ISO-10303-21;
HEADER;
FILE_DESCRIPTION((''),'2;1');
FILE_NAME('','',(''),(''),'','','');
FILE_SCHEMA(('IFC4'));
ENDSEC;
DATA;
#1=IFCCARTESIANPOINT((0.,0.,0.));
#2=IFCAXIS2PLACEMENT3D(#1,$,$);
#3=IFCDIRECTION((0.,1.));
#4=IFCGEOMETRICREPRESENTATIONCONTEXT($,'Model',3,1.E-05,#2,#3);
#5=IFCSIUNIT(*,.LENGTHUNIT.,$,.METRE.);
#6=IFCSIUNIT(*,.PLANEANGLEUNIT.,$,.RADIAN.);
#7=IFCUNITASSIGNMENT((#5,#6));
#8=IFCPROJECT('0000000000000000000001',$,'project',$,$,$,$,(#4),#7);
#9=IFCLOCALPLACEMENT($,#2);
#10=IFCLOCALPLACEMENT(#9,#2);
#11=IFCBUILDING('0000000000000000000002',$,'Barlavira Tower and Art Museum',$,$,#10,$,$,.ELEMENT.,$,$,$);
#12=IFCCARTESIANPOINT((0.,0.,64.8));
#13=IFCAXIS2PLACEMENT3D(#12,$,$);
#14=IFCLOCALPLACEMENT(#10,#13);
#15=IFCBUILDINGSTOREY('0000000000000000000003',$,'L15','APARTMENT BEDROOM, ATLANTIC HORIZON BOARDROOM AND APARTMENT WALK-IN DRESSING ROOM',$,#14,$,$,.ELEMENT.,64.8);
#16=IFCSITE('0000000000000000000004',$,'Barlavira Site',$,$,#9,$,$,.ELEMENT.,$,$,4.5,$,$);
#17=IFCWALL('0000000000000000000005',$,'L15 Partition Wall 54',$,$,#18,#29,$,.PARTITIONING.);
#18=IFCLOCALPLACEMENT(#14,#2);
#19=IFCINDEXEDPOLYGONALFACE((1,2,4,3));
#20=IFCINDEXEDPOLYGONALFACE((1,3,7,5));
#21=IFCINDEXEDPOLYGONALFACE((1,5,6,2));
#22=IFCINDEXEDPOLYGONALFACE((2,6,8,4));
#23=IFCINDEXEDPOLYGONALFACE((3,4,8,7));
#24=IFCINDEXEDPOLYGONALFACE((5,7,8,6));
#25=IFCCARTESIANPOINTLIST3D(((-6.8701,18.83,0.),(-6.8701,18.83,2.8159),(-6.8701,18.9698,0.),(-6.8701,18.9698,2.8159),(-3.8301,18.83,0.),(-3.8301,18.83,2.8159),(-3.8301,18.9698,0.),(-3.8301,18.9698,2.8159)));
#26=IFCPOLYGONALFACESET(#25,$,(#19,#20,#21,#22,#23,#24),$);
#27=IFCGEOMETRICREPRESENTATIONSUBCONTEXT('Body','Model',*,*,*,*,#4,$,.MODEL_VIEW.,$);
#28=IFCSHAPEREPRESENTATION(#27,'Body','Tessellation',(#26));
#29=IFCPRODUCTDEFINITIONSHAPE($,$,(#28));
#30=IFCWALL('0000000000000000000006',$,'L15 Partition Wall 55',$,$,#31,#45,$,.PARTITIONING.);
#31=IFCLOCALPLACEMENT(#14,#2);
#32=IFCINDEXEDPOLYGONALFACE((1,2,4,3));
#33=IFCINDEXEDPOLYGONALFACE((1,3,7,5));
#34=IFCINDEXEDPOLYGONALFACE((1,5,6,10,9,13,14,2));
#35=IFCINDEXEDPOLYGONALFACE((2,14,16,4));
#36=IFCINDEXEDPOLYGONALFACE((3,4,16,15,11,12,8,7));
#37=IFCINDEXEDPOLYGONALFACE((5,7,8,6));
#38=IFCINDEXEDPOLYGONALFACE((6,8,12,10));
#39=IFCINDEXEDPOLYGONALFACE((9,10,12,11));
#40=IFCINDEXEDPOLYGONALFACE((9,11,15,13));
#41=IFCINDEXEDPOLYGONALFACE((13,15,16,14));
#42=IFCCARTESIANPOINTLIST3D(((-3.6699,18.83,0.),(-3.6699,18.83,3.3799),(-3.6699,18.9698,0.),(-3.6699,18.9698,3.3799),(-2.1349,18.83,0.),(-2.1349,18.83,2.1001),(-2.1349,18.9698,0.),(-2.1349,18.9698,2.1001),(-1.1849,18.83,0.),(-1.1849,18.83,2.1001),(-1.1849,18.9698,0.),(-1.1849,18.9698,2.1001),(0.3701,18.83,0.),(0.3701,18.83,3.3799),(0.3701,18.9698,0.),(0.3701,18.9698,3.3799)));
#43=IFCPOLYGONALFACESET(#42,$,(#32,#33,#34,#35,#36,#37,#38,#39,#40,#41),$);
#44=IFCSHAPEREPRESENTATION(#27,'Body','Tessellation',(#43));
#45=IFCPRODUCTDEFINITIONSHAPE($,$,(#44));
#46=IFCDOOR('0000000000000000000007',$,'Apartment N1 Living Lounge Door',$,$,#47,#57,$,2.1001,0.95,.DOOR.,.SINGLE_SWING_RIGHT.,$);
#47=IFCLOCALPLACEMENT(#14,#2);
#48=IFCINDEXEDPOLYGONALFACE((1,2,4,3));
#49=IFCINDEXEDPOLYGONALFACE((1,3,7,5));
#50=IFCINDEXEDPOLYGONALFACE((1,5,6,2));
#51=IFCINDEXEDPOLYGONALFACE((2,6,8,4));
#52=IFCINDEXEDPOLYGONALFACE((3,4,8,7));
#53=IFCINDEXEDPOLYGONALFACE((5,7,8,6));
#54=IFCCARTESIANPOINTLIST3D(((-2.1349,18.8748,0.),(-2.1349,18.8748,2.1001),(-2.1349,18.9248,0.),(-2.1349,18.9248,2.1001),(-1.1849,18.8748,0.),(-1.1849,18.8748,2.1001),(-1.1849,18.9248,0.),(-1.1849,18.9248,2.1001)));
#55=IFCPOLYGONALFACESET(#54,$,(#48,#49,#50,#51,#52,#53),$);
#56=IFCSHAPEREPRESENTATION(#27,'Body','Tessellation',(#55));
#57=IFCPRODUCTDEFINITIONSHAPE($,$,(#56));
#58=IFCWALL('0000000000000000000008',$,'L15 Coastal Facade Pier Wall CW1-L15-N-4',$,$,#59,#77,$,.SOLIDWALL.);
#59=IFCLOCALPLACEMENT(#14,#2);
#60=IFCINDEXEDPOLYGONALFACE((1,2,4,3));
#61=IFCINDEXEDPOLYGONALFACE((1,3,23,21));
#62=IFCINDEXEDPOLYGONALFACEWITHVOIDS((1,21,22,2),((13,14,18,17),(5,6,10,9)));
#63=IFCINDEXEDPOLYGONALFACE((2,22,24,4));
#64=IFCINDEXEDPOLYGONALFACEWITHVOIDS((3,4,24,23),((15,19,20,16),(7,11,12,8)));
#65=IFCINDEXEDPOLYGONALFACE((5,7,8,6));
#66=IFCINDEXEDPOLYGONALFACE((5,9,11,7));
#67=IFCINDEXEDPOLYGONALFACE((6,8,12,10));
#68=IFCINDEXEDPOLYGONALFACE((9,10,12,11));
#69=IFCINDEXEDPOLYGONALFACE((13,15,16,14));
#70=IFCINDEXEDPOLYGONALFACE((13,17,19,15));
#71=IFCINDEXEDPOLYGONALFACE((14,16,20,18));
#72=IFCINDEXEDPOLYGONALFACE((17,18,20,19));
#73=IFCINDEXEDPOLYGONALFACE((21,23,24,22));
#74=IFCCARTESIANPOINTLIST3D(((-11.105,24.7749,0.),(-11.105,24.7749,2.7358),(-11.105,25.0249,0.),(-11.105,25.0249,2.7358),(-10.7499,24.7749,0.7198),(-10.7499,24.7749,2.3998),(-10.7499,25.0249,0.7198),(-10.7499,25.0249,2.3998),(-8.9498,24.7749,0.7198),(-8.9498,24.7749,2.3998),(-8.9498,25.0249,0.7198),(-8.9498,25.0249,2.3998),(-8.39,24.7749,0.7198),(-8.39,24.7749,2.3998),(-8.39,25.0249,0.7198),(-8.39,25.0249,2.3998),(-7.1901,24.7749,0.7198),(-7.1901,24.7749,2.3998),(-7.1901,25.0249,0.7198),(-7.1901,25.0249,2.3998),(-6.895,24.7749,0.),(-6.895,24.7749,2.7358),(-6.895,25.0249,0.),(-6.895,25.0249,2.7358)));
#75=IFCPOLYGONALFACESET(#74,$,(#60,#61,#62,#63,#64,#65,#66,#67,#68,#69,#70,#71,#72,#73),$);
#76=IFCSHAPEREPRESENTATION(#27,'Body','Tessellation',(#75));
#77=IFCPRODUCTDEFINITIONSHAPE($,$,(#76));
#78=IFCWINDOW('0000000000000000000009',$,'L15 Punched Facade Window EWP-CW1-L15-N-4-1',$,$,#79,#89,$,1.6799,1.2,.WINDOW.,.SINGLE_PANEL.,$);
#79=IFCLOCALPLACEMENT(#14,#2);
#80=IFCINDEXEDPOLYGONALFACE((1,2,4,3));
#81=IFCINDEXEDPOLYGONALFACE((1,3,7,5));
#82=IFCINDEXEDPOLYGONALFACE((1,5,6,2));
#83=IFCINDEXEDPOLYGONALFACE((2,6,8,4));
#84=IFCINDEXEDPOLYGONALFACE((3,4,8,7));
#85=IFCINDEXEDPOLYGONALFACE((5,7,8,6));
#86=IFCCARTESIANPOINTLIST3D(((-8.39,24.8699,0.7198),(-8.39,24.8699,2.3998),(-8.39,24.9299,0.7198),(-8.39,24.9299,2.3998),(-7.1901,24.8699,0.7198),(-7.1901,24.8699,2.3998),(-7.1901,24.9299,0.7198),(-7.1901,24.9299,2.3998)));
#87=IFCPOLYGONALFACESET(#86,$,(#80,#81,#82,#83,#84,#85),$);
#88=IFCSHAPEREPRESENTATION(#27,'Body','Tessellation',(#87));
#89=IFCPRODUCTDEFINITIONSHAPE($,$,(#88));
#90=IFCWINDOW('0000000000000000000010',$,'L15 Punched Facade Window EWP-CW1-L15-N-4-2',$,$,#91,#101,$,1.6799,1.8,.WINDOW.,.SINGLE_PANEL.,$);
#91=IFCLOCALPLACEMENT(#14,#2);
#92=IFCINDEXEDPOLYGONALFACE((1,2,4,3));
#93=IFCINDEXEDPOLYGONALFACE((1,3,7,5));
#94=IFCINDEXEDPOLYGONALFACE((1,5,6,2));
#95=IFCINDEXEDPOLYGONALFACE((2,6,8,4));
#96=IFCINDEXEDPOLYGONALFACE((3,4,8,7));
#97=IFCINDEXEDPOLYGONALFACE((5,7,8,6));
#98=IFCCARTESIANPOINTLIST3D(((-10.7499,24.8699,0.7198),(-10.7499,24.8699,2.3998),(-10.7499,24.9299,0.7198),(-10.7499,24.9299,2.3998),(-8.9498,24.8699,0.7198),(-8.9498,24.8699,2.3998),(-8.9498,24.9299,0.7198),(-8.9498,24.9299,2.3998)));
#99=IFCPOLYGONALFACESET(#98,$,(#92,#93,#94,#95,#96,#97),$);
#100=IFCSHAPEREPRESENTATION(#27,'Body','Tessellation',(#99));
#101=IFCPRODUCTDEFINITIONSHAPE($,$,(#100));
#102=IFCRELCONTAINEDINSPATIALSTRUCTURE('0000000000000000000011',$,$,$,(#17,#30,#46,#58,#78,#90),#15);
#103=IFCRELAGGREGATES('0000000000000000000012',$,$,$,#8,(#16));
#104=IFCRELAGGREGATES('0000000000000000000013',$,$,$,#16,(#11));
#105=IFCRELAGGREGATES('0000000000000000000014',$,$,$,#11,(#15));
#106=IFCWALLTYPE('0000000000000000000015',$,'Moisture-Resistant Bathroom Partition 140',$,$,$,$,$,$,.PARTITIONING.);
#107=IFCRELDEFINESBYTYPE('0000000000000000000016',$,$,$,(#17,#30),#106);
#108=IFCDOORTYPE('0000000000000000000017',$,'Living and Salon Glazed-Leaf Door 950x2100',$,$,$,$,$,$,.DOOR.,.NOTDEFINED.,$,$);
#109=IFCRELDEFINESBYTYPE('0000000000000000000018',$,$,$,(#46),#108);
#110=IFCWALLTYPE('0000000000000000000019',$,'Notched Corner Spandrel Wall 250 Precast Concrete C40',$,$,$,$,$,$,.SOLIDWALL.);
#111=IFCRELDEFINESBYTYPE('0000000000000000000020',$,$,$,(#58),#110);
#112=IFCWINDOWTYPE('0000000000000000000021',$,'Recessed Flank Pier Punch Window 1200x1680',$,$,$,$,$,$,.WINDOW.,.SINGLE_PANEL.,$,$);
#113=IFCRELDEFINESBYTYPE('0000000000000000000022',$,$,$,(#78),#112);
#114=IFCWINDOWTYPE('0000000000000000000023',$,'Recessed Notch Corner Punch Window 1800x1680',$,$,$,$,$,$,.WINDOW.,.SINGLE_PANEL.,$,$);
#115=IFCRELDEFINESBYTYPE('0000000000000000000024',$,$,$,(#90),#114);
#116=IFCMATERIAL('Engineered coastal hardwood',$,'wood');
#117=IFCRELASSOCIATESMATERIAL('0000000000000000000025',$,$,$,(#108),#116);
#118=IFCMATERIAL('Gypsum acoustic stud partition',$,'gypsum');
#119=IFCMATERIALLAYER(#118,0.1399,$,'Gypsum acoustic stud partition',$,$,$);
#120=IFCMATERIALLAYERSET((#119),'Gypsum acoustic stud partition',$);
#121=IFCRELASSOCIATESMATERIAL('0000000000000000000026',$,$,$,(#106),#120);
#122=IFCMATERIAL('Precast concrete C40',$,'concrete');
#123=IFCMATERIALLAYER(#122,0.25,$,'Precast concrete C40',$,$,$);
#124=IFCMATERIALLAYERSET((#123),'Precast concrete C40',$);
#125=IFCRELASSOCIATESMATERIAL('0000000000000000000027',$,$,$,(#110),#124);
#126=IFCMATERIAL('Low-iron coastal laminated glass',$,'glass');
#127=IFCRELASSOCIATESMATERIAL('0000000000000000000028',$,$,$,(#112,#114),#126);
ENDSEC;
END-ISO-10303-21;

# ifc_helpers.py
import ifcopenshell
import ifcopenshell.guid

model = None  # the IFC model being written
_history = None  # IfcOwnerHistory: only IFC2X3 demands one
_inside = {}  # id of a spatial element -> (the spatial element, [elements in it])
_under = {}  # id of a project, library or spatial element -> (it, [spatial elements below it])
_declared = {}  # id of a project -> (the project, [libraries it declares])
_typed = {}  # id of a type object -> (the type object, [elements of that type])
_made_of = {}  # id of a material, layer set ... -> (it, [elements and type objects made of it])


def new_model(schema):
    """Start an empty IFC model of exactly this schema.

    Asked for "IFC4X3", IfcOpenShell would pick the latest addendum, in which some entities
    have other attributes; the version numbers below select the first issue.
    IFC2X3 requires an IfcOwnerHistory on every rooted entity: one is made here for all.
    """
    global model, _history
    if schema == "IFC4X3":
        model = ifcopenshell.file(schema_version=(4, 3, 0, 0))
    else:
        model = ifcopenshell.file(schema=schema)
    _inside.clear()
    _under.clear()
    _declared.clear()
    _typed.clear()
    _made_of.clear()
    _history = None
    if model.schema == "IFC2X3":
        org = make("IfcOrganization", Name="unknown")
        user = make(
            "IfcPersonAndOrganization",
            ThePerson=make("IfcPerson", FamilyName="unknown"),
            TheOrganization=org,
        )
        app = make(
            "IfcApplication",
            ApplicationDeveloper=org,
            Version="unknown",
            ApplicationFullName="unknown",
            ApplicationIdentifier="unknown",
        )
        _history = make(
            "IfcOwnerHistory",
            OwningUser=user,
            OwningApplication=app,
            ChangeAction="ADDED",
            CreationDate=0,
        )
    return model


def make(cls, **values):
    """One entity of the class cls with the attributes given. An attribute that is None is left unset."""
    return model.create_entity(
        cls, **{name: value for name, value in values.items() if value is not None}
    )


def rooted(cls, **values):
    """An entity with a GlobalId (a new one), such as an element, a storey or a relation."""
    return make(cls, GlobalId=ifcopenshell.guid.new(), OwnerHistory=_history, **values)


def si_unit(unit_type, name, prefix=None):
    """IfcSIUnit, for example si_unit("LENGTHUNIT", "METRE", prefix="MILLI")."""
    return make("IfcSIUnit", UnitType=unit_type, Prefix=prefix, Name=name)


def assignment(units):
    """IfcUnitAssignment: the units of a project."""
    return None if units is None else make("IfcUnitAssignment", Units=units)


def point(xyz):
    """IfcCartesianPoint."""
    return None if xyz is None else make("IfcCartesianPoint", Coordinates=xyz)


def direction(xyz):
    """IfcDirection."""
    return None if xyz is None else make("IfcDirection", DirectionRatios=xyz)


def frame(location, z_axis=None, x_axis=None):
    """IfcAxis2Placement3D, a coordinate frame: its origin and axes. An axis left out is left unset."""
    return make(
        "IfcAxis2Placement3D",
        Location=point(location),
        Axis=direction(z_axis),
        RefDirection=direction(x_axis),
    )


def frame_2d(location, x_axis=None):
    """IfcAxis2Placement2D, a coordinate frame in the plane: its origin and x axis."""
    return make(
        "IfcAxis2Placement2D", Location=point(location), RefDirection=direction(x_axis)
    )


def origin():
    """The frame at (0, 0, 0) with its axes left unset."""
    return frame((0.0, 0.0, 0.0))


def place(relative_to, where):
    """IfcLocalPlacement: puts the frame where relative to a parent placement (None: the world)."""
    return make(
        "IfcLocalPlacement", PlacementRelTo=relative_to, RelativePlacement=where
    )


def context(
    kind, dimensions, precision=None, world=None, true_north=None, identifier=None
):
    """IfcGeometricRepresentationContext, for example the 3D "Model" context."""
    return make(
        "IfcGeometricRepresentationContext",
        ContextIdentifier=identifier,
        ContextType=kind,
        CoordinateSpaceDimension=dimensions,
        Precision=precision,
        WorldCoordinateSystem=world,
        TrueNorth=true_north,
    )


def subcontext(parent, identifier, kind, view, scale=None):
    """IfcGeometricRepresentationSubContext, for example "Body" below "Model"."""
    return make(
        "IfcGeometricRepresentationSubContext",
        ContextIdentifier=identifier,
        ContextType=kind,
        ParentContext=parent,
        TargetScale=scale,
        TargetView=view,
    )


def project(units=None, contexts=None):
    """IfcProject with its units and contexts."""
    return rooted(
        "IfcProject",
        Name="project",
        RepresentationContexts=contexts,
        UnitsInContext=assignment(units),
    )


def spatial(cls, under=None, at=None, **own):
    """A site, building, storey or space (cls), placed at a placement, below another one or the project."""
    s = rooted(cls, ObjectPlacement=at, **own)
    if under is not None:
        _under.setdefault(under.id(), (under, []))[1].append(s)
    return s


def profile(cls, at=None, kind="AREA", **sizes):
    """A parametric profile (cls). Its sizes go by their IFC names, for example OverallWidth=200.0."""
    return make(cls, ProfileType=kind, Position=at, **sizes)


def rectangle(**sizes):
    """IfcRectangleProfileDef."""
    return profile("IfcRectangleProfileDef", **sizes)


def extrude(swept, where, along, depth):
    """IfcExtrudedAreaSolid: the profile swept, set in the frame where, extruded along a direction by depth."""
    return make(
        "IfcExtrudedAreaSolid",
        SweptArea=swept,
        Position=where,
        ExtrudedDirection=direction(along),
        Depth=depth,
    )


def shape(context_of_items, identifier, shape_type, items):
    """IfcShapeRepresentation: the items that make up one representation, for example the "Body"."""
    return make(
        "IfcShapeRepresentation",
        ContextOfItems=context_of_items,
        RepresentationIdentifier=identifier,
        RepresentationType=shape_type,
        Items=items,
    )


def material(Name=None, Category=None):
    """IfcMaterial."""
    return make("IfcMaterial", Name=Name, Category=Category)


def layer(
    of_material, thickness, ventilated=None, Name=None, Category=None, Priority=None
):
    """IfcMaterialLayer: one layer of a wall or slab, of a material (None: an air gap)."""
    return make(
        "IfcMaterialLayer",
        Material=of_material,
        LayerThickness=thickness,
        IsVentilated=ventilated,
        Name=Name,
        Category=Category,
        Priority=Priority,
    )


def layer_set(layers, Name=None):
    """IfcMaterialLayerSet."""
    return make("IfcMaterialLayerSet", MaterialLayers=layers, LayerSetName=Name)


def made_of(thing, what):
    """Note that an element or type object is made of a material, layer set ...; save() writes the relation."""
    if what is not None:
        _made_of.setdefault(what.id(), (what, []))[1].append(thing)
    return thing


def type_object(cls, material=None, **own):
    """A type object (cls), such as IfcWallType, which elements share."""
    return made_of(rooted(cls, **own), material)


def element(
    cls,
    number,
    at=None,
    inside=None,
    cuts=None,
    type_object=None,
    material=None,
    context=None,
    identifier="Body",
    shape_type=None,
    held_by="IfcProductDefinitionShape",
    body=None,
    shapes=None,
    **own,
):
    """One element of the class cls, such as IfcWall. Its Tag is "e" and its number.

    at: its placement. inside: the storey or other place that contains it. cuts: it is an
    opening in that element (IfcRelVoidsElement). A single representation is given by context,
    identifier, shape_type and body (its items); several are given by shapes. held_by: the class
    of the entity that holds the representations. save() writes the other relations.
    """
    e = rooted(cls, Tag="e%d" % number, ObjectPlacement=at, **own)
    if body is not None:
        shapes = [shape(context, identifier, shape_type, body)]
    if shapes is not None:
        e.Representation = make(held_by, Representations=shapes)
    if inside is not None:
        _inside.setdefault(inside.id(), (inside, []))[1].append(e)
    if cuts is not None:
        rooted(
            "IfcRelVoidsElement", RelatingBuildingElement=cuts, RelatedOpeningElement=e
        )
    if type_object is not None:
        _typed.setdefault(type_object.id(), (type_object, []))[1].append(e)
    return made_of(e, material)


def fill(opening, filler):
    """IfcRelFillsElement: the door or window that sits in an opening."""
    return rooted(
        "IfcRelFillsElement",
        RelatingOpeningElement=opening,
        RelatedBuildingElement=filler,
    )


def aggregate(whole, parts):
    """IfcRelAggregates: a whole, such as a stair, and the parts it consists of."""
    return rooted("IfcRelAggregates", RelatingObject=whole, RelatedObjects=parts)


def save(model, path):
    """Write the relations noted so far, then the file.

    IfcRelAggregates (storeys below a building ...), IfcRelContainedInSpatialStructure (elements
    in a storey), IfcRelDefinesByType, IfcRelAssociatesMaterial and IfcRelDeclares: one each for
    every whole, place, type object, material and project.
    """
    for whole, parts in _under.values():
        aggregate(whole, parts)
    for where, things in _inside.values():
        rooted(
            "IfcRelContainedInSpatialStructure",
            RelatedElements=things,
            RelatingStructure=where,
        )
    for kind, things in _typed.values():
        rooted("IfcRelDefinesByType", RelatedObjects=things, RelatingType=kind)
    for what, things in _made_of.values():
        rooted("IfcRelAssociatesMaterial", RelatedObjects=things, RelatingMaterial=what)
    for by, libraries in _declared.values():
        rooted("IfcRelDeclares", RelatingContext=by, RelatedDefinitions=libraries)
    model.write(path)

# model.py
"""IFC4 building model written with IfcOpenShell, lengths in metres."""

from ifc_helpers import new_model, si_unit, direction, frame, frame_2d, origin, place, context, subcontext, project, spatial, rectangle, extrude, material, layer, layer_set, type_object, element, fill, save


model = new_model("IFC4")

# Units and contexts
model_context = context("Model", 3, precision=1e-05, world=origin(), true_north=direction((0.0, 1.0)))
body_context = subcontext(model_context, "Body", "Model", "MODEL_VIEW")
ifc_project = project(units=[si_unit("LENGTHUNIT", "METRE"), si_unit("PLANEANGLEUNIT", "RADIAN")], contexts=[model_context])

# Site, building, storey
site_placement = place(None, origin())
site = spatial("IfcSite", under=ifc_project, at=site_placement, Name="Barlavira Site", CompositionType="ELEMENT", RefElevation=4.5)
building_placement = place(site_placement, origin())
building = spatial("IfcBuilding", under=site, at=building_placement, Name="Barlavira Tower and Art Museum", CompositionType="ELEMENT")
storey_placement = place(building_placement, frame((0.0, 0.0, 64.8)))
storey = spatial("IfcBuildingStorey", under=building, at=storey_placement, Name="L15", Description="APARTMENT BEDROOM, ATLANTIC HORIZON BOARDROOM AND APARTMENT WALK-IN DRESSING ROOM", CompositionType="ELEMENT", Elevation=64.8)

# Shared definitions
ifc_material_1 = material(Name="Low-iron coastal laminated glass", Category="glass")

# Shared definitions
ifc_material_2 = material(Name="Gypsum acoustic stud partition", Category="gypsum")
ifc_material_3 = material(Name="Engineered coastal hardwood", Category="wood")

# Shared definitions
door_type_1 = type_object("IfcDoorType", Name="Living and Salon Glazed-Leaf Door 950x2100", OperationType="NOTDEFINED", PredefinedType="DOOR", material=ifc_material_3)

# Wall
ifc_layer_1 = layer(ifc_material_2, 0.1399, Name="Gypsum acoustic stud partition")
ifc_layer_set_1 = layer_set([ifc_layer_1], Name="Gypsum acoustic stud partition")
wall_type_1 = type_object("IfcWallType", Name="Moisture-Resistant Bathroom Partition 140", PredefinedType="PARTITIONING", material=ifc_layer_set_1)
wall_1_placement = place(storey_placement, frame((-6.8701, 18.8999, 0.0), z_axis=(0.0, 0.0, 1.0), x_axis=(1.0, 0.0, 0.0)))
element("IfcWall", 1, at=wall_1_placement, inside=storey, type_object=wall_type_1, Name="L15 Partition Wall 54", PredefinedType="PARTITIONING", context=body_context, shape_type="SweptSolid", body=[
    extrude(rectangle(XDim=3.04, YDim=0.1399, at=frame_2d((1.52, 0.0))), origin(), (0.0, 0.0, 1.0), 2.8159),
])

# Wall, opening, door
wall_2_placement = place(storey_placement, frame((-3.6699, 18.8999, 0.0), z_axis=(0.0, 0.0, 1.0), x_axis=(1.0, 0.0, 0.0)))
wall_2 = element("IfcWall", 2, at=wall_2_placement, inside=storey, type_object=wall_type_1, Name="L15 Partition Wall 55", PredefinedType="PARTITIONING", context=body_context, shape_type="SweptSolid", body=[
    extrude(rectangle(XDim=4.04, YDim=0.1399, at=frame_2d((2.02, 0.0))), origin(), (0.0, 0.0, 1.0), 3.3799),
])
opening_1_placement = place(wall_2_placement, frame((1.5349, 0.0, 0.0)))
opening_1 = element("IfcOpeningElement", 3, at=opening_1_placement, cuts=wall_2, PredefinedType="OPENING", context=body_context, shape_type="SweptSolid", body=[
    extrude(rectangle(XDim=0.95, YDim=2.1001, at=frame_2d((0.4751, 1.05))), frame((0.0, 0.0801, 0.0), z_axis=(0.0, -1.0, 0.0), x_axis=(1.0, 0.0, 0.0)), (0.0, 0.0, 1.0), 0.1599),
])
door_1_placement = place(opening_1_placement, origin())
door_1 = element("IfcDoor", 4, at=door_1_placement, inside=storey, type_object=door_type_1, Name="Apartment N1 Living Lounge Door", OperationType="SINGLE_SWING_RIGHT", OverallHeight=2.1001, OverallWidth=0.95, PredefinedType="DOOR", context=body_context, shape_type="SweptSolid", body=[
    extrude(rectangle(XDim=0.95, YDim=2.1001, at=frame_2d((0.4751, 1.05))), frame((0.0, 0.0249, 0.0), z_axis=(0.0, -1.0, 0.0), x_axis=(1.0, 0.0, 0.0)), (0.0, 0.0, 1.0), 0.05),
])
fill(opening_1, door_1)

# Wall, openings, windows
ifc_material_4 = material(Name="Precast concrete C40", Category="concrete")
ifc_layer_2 = layer(ifc_material_4, 0.25, Name="Precast concrete C40")
ifc_layer_set_2 = layer_set([ifc_layer_2], Name="Precast concrete C40")
wall_type_2 = type_object("IfcWallType", Name="Notched Corner Spandrel Wall 250 Precast Concrete C40", PredefinedType="SOLIDWALL", material=ifc_layer_set_2)
wall_3_placement = place(storey_placement, frame((-6.895, 24.8999, 0.0), z_axis=(0.0, 0.0, 1.0), x_axis=(-1.0, 0.0, 0.0)))
wall_3 = element("IfcWall", 5, at=wall_3_placement, inside=storey, type_object=wall_type_2, Name="L15 Coastal Facade Pier Wall CW1-L15-N-4", PredefinedType="SOLIDWALL", context=body_context, shape_type="SweptSolid", body=[
    extrude(rectangle(XDim=4.21, YDim=0.25, at=frame_2d((2.105, 0.0))), origin(), (0.0, 0.0, 1.0), 2.7358),
])
opening_2_placement = place(wall_3_placement, frame((0.2949, 0.0, 0.72)))
opening_2 = element("IfcOpeningElement", 6, at=opening_2_placement, cuts=wall_3, PredefinedType="OPENING", context=body_context, shape_type="SweptSolid", body=[
    extrude(rectangle(XDim=1.2, YDim=1.6799, at=frame_2d((0.6001, 0.8398))), frame((0.0, 0.135, 0.0), z_axis=(0.0, -1.0, 0.0), x_axis=(1.0, 0.0, 0.0)), (0.0, 0.0, 1.0), 0.27),
])
opening_3_placement = place(wall_3_placement, frame((2.0549, 0.0, 0.72)))
opening_3 = element("IfcOpeningElement", 7, at=opening_3_placement, cuts=wall_3, PredefinedType="OPENING", context=body_context, shape_type="SweptSolid", body=[
    extrude(rectangle(XDim=1.8, YDim=1.6799, at=frame_2d((0.8999, 0.8398))), frame((0.0, 0.135, 0.0), z_axis=(0.0, -1.0, 0.0), x_axis=(1.0, 0.0, 0.0)), (0.0, 0.0, 1.0), 0.27),
])
window_type_1 = type_object("IfcWindowType", Name="Recessed Flank Pier Punch Window 1200x1680", PartitioningType="SINGLE_PANEL", PredefinedType="WINDOW", material=ifc_material_1)
window_1_placement = place(opening_2_placement, origin())
window_1 = element("IfcWindow", 8, at=window_1_placement, inside=storey, type_object=window_type_1, Name="L15 Punched Facade Window EWP-CW1-L15-N-4-1", OverallHeight=1.6799, OverallWidth=1.2, PartitioningType="SINGLE_PANEL", PredefinedType="WINDOW", context=body_context, shape_type="SweptSolid", body=[
    extrude(rectangle(XDim=1.2, YDim=1.6799, at=frame_2d((0.6001, 0.8398))), frame((0.0, 0.03, 0.0), z_axis=(0.0, -1.0, 0.0), x_axis=(1.0, 0.0, 0.0)), (0.0, 0.0, 1.0), 0.0601),
])
fill(opening_2, window_1)
window_type_2 = type_object("IfcWindowType", Name="Recessed Notch Corner Punch Window 1800x1680", PartitioningType="SINGLE_PANEL", PredefinedType="WINDOW", material=ifc_material_1)
window_2_placement = place(opening_3_placement, origin())
window_2 = element("IfcWindow", 9, at=window_2_placement, inside=storey, type_object=window_type_2, Name="L15 Punched Facade Window EWP-CW1-L15-N-4-2", OverallHeight=1.6799, OverallWidth=1.8, PartitioningType="SINGLE_PANEL", PredefinedType="WINDOW", context=body_context, shape_type="SweptSolid", body=[
    extrude(rectangle(XDim=1.8, YDim=1.6799, at=frame_2d((0.8999, 0.8398))), frame((0.0, 0.03, 0.0), z_axis=(0.0, -1.0, 0.0), x_axis=(1.0, 0.0, 0.0)), (0.0, 0.0, 1.0), 0.0601),
])
fill(opening_3, window_2)

save(model, "model.ifc")
